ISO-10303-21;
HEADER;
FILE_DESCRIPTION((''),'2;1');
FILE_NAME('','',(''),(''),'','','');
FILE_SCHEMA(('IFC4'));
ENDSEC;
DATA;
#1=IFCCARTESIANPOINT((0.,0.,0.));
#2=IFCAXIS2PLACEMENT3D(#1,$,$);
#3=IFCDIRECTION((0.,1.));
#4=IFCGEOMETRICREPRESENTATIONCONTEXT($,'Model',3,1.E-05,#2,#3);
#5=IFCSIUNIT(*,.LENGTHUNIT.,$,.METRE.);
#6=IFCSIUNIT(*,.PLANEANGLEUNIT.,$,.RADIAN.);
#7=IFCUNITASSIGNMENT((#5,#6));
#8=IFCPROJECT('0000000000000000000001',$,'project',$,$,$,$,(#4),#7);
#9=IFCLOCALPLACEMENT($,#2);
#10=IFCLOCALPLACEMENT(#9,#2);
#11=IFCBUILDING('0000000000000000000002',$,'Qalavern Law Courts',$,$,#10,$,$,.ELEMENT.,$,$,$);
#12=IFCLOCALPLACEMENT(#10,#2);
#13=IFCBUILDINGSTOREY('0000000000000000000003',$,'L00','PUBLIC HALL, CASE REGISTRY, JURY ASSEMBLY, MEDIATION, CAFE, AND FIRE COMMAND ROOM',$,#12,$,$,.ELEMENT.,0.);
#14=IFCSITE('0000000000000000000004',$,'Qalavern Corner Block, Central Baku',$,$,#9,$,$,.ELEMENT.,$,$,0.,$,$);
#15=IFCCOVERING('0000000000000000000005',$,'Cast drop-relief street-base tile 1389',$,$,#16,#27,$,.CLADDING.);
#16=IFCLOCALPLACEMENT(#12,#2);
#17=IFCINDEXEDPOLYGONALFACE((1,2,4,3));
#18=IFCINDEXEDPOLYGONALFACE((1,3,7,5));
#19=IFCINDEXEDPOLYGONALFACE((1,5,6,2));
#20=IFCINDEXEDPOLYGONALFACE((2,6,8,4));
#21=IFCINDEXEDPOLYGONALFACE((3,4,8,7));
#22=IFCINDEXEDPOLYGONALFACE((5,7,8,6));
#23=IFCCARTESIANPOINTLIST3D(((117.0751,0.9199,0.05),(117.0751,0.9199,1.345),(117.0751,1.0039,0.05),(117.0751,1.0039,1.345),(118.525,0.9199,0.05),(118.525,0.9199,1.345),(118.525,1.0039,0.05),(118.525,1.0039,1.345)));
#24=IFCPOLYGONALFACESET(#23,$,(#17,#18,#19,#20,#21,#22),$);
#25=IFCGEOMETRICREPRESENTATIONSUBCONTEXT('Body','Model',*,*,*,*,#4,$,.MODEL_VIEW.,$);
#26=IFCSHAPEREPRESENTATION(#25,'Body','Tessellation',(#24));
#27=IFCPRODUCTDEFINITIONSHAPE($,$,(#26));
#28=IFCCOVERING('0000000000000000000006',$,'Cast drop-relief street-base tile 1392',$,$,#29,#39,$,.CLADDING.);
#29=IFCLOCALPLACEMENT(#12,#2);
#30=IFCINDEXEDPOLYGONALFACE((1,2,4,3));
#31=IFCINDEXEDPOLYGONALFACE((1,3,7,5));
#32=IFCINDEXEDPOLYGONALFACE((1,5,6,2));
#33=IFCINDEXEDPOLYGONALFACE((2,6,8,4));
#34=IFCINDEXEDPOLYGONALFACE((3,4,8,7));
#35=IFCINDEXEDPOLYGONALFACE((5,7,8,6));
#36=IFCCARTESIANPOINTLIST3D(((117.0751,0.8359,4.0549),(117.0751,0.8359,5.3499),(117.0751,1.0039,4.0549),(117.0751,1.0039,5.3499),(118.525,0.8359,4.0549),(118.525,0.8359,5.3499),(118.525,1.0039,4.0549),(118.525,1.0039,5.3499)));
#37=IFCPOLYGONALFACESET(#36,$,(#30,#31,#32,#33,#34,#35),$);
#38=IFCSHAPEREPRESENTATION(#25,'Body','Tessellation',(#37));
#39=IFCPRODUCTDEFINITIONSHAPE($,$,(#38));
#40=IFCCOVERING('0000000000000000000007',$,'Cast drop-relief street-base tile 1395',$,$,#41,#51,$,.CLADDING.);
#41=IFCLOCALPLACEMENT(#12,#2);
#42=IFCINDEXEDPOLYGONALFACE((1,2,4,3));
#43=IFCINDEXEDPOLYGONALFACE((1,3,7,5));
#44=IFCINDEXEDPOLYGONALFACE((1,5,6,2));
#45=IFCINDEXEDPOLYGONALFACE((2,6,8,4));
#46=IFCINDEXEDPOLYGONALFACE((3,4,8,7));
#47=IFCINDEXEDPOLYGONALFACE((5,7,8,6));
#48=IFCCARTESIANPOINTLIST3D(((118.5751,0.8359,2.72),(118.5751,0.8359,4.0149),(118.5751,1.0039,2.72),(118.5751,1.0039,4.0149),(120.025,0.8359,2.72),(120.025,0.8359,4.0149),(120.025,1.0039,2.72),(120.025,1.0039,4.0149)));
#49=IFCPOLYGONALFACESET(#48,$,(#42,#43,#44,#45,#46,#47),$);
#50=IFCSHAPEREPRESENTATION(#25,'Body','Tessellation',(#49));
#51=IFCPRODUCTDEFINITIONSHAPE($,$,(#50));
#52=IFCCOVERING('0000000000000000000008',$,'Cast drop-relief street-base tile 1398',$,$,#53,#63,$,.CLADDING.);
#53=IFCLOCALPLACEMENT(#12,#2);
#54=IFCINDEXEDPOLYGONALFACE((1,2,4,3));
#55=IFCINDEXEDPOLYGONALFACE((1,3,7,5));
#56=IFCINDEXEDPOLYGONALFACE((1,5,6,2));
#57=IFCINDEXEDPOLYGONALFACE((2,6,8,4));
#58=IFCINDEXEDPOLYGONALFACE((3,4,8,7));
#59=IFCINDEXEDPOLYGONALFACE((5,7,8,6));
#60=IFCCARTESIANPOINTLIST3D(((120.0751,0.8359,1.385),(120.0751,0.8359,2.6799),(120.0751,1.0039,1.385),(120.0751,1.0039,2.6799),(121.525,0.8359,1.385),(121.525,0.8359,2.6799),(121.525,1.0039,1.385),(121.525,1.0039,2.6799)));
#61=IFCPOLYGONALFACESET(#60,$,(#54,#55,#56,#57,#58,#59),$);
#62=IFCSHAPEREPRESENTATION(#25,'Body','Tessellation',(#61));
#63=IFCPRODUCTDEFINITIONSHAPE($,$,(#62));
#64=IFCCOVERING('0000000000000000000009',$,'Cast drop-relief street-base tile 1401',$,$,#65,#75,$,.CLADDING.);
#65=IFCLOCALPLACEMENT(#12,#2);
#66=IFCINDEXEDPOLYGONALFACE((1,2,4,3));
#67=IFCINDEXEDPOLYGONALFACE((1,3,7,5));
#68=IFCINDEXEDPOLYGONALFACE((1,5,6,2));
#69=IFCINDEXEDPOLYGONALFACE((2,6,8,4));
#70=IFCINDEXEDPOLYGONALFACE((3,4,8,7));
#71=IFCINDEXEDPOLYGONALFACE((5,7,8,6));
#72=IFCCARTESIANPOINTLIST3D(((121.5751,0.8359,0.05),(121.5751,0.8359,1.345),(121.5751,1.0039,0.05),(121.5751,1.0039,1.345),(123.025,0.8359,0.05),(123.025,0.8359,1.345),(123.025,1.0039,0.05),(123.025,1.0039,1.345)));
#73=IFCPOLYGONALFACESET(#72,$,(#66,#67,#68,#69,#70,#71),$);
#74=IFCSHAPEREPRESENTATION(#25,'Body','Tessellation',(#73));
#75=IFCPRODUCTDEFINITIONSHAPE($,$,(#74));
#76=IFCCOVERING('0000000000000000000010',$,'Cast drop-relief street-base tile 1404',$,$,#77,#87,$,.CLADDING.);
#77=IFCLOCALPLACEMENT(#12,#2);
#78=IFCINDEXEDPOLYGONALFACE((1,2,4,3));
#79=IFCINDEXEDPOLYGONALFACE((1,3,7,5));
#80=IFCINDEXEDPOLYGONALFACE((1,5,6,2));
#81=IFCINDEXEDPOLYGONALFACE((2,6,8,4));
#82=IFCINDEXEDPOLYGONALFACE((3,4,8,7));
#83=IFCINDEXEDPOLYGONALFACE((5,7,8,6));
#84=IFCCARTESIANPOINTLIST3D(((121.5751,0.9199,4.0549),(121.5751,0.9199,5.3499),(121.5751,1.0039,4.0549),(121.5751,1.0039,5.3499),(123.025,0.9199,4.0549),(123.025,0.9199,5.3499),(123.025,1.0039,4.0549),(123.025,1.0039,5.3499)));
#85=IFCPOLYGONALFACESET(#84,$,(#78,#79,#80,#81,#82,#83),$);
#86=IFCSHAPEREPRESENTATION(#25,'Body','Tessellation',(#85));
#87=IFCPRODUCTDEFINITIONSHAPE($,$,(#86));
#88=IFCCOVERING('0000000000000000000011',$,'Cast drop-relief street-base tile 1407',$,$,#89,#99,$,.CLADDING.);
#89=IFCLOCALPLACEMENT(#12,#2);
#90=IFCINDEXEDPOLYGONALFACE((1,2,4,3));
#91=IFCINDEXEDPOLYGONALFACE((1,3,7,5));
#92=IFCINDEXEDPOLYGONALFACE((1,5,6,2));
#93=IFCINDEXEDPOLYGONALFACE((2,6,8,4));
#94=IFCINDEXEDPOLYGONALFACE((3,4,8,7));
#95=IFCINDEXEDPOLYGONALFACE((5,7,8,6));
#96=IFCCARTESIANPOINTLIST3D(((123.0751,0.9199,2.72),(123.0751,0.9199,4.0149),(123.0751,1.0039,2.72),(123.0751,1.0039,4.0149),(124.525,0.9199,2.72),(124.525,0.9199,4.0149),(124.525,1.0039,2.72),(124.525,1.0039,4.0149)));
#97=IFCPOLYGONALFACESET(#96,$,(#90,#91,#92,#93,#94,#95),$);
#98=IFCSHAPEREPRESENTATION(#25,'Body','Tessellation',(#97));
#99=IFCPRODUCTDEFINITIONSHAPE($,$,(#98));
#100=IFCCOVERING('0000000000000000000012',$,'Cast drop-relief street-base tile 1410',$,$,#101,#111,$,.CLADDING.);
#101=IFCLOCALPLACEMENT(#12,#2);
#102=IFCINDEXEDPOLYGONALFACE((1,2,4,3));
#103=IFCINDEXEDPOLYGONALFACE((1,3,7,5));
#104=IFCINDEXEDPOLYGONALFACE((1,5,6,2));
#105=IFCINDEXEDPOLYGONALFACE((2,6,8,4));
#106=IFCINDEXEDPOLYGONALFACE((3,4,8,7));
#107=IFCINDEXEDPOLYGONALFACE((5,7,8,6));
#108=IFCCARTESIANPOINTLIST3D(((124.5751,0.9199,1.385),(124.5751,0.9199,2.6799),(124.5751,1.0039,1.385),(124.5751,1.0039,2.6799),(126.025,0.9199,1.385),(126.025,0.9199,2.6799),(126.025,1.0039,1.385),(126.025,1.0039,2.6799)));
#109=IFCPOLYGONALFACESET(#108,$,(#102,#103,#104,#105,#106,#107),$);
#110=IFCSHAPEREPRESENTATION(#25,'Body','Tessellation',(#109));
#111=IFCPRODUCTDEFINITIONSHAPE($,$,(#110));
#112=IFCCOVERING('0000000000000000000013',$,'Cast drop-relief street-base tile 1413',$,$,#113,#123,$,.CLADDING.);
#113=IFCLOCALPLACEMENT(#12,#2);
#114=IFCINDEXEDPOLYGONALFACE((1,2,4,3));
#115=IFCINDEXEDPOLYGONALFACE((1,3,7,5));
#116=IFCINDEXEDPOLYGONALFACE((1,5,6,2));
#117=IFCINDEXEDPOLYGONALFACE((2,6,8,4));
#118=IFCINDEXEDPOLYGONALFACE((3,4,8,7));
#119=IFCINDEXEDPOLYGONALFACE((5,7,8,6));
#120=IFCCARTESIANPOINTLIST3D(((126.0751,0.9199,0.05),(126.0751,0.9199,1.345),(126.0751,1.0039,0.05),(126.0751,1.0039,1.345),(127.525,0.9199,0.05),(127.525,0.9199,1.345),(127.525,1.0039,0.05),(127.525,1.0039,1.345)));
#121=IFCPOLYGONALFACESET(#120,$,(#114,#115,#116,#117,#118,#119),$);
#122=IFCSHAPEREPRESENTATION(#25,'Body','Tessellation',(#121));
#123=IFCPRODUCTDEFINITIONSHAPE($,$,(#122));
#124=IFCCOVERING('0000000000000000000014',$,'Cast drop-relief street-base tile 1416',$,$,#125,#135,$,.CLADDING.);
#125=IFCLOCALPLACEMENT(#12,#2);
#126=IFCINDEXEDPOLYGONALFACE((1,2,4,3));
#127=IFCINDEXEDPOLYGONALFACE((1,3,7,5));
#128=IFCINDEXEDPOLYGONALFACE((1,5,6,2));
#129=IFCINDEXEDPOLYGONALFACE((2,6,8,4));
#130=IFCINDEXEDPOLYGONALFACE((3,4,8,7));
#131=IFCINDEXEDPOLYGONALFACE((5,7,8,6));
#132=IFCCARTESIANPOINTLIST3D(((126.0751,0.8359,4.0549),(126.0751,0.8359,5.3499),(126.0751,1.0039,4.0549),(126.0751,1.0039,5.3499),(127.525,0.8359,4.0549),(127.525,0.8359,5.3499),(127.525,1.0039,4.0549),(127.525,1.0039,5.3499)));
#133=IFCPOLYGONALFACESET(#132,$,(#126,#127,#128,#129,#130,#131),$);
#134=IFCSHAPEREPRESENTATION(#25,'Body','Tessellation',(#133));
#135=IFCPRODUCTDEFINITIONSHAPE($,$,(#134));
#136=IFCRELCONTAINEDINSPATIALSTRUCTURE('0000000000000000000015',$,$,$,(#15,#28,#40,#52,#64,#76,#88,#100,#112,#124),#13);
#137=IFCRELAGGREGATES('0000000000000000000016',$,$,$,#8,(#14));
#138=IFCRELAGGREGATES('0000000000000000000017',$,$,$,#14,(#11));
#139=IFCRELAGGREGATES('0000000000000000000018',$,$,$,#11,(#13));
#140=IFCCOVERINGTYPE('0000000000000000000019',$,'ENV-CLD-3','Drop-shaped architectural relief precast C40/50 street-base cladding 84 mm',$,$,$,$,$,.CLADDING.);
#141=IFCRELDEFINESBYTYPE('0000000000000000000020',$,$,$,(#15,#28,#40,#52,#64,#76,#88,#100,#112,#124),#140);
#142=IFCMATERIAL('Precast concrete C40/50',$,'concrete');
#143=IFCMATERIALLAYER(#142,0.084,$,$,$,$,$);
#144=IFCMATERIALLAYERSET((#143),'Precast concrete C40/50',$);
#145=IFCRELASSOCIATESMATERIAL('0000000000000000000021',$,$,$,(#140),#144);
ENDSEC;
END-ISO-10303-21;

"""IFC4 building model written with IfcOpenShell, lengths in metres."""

from ifc_helpers import new_model, si_unit, direction, frame, origin, origin_2d, place, context, subcontext, project, spatial, rectangle, extrude, material, layer, layer_set, type_object, element, save


model = new_model("IFC4")

# Units and contexts
model_context = context("Model", 3, precision=1e-05, world=origin(), true_north=direction((0.0, 1.0)))
body_context = subcontext(model_context, "Body", "Model", "MODEL_VIEW")
ifc_project = project(units=[si_unit("LENGTHUNIT", "METRE"), si_unit("PLANEANGLEUNIT", "RADIAN")], contexts=[model_context])

# Site, building, storey
site_placement = place(None, origin())
site = spatial("IfcSite", under=ifc_project, at=site_placement, Name="Qalavern Corner Block, Central Baku", CompositionType="ELEMENT", RefElevation=0.0)
building_placement = place(site_placement, origin())
building = spatial("IfcBuilding", under=site, at=building_placement, Name="Qalavern Law Courts", CompositionType="ELEMENT")
storey_placement = place(building_placement, origin())
storey = spatial("IfcBuildingStorey", under=building, at=storey_placement, Name="L00", Description="PUBLIC HALL, CASE REGISTRY, JURY ASSEMBLY, MEDIATION, CAFE, AND FIRE COMMAND ROOM", CompositionType="ELEMENT", Elevation=0.0)

# Coverings
ifc_material_1 = material(Name="Precast concrete C40/50", Category="concrete")
ifc_layer_1 = layer(ifc_material_1, 0.084)
ifc_layer_set_1 = layer_set([ifc_layer_1], Name="Precast concrete C40/50")
covering_type_1 = type_object("IfcCoveringType", Name="ENV-CLD-3", Description="Drop-shaped architectural relief precast C40/50 street-base cladding 84 mm", PredefinedType="CLADDING", material=ifc_layer_set_1)
covering_1_placement = place(storey_placement, frame((117.8, 0.9619, 0.05), z_axis=(0.0, 0.0, 1.0), x_axis=(1.0, 0.0, 0.0)))
element("IfcCovering", 1, at=covering_1_placement, inside=storey, type_object=covering_type_1, Name="Cast drop-relief street-base tile 1389", PredefinedType="CLADDING", context=body_context, shape_type="SweptSolid", body=[
    extrude(rectangle(XDim=1.45, YDim=0.084, at=origin_2d()), origin(), (0.0, 0.0, 1.0), 1.2949),
])
for number, where, z_axis, x_axis, name in (
    (2, (117.8, 0.9199, 4.0549), (0.0, 0.0, 1.0), (1.0, 0.0, 0.0), "Cast drop-relief street-base tile 1392"),
    (3, (119.3, 0.9199, 2.72), (0.0, 0.0, 1.0), (1.0, 0.0, 0.0), "Cast drop-relief street-base tile 1395"),
    (4, (120.8, 0.9199, 1.385), (0.0, 0.0, 1.0), (1.0, 0.0, 0.0), "Cast drop-relief street-base tile 1398"),
    (5, (122.3, 0.9199, 0.05), (0.0, 0.0, 1.0), (1.0, 0.0, 0.0), "Cast drop-relief street-base tile 1401"),
):
    element("IfcCovering", number, at=place(storey_placement, frame(where, z_axis=z_axis, x_axis=x_axis)), inside=storey, type_object=covering_type_1, Name=name, PredefinedType="CLADDING", context=body_context, shape_type="SweptSolid", body=[
        extrude(rectangle(XDim=1.45, YDim=0.168, at=origin_2d()), origin(), (0.0, 0.0, 1.0), 1.2949),
    ])
for number, where, z_axis, x_axis, name in (
    (6, (122.3, 0.9619, 4.0549), (0.0, 0.0, 1.0), (1.0, 0.0, 0.0), "Cast drop-relief street-base tile 1404"),
    (7, (123.8, 0.9619, 2.72), (0.0, 0.0, 1.0), (1.0, 0.0, 0.0), "Cast drop-relief street-base tile 1407"),
    (8, (125.3, 0.9619, 1.385), (0.0, 0.0, 1.0), (1.0, 0.0, 0.0), "Cast drop-relief street-base tile 1410"),
    (9, (126.8, 0.9619, 0.05), (0.0, 0.0, 1.0), (1.0, 0.0, 0.0), "Cast drop-relief street-base tile 1413"),
):
    element("IfcCovering", number, at=place(storey_placement, frame(where, z_axis=z_axis, x_axis=x_axis)), inside=storey, type_object=covering_type_1, Name=name, PredefinedType="CLADDING", context=body_context, shape_type="SweptSolid", body=[
        extrude(rectangle(XDim=1.45, YDim=0.084, at=origin_2d()), origin(), (0.0, 0.0, 1.0), 1.2949),
    ])
covering_2_placement = place(storey_placement, frame((126.8, 0.9199, 4.0549), z_axis=(0.0, 0.0, 1.0), x_axis=(1.0, 0.0, 0.0)))
element("IfcCovering", 10, at=covering_2_placement, inside=storey, type_object=covering_type_1, Name="Cast drop-relief street-base tile 1416", PredefinedType="CLADDING", context=body_context, shape_type="SweptSolid", body=[
    extrude(rectangle(XDim=1.45, YDim=0.168, at=origin_2d()), origin(), (0.0, 0.0, 1.0), 1.2949),
])

save(model, "model.ifc")
